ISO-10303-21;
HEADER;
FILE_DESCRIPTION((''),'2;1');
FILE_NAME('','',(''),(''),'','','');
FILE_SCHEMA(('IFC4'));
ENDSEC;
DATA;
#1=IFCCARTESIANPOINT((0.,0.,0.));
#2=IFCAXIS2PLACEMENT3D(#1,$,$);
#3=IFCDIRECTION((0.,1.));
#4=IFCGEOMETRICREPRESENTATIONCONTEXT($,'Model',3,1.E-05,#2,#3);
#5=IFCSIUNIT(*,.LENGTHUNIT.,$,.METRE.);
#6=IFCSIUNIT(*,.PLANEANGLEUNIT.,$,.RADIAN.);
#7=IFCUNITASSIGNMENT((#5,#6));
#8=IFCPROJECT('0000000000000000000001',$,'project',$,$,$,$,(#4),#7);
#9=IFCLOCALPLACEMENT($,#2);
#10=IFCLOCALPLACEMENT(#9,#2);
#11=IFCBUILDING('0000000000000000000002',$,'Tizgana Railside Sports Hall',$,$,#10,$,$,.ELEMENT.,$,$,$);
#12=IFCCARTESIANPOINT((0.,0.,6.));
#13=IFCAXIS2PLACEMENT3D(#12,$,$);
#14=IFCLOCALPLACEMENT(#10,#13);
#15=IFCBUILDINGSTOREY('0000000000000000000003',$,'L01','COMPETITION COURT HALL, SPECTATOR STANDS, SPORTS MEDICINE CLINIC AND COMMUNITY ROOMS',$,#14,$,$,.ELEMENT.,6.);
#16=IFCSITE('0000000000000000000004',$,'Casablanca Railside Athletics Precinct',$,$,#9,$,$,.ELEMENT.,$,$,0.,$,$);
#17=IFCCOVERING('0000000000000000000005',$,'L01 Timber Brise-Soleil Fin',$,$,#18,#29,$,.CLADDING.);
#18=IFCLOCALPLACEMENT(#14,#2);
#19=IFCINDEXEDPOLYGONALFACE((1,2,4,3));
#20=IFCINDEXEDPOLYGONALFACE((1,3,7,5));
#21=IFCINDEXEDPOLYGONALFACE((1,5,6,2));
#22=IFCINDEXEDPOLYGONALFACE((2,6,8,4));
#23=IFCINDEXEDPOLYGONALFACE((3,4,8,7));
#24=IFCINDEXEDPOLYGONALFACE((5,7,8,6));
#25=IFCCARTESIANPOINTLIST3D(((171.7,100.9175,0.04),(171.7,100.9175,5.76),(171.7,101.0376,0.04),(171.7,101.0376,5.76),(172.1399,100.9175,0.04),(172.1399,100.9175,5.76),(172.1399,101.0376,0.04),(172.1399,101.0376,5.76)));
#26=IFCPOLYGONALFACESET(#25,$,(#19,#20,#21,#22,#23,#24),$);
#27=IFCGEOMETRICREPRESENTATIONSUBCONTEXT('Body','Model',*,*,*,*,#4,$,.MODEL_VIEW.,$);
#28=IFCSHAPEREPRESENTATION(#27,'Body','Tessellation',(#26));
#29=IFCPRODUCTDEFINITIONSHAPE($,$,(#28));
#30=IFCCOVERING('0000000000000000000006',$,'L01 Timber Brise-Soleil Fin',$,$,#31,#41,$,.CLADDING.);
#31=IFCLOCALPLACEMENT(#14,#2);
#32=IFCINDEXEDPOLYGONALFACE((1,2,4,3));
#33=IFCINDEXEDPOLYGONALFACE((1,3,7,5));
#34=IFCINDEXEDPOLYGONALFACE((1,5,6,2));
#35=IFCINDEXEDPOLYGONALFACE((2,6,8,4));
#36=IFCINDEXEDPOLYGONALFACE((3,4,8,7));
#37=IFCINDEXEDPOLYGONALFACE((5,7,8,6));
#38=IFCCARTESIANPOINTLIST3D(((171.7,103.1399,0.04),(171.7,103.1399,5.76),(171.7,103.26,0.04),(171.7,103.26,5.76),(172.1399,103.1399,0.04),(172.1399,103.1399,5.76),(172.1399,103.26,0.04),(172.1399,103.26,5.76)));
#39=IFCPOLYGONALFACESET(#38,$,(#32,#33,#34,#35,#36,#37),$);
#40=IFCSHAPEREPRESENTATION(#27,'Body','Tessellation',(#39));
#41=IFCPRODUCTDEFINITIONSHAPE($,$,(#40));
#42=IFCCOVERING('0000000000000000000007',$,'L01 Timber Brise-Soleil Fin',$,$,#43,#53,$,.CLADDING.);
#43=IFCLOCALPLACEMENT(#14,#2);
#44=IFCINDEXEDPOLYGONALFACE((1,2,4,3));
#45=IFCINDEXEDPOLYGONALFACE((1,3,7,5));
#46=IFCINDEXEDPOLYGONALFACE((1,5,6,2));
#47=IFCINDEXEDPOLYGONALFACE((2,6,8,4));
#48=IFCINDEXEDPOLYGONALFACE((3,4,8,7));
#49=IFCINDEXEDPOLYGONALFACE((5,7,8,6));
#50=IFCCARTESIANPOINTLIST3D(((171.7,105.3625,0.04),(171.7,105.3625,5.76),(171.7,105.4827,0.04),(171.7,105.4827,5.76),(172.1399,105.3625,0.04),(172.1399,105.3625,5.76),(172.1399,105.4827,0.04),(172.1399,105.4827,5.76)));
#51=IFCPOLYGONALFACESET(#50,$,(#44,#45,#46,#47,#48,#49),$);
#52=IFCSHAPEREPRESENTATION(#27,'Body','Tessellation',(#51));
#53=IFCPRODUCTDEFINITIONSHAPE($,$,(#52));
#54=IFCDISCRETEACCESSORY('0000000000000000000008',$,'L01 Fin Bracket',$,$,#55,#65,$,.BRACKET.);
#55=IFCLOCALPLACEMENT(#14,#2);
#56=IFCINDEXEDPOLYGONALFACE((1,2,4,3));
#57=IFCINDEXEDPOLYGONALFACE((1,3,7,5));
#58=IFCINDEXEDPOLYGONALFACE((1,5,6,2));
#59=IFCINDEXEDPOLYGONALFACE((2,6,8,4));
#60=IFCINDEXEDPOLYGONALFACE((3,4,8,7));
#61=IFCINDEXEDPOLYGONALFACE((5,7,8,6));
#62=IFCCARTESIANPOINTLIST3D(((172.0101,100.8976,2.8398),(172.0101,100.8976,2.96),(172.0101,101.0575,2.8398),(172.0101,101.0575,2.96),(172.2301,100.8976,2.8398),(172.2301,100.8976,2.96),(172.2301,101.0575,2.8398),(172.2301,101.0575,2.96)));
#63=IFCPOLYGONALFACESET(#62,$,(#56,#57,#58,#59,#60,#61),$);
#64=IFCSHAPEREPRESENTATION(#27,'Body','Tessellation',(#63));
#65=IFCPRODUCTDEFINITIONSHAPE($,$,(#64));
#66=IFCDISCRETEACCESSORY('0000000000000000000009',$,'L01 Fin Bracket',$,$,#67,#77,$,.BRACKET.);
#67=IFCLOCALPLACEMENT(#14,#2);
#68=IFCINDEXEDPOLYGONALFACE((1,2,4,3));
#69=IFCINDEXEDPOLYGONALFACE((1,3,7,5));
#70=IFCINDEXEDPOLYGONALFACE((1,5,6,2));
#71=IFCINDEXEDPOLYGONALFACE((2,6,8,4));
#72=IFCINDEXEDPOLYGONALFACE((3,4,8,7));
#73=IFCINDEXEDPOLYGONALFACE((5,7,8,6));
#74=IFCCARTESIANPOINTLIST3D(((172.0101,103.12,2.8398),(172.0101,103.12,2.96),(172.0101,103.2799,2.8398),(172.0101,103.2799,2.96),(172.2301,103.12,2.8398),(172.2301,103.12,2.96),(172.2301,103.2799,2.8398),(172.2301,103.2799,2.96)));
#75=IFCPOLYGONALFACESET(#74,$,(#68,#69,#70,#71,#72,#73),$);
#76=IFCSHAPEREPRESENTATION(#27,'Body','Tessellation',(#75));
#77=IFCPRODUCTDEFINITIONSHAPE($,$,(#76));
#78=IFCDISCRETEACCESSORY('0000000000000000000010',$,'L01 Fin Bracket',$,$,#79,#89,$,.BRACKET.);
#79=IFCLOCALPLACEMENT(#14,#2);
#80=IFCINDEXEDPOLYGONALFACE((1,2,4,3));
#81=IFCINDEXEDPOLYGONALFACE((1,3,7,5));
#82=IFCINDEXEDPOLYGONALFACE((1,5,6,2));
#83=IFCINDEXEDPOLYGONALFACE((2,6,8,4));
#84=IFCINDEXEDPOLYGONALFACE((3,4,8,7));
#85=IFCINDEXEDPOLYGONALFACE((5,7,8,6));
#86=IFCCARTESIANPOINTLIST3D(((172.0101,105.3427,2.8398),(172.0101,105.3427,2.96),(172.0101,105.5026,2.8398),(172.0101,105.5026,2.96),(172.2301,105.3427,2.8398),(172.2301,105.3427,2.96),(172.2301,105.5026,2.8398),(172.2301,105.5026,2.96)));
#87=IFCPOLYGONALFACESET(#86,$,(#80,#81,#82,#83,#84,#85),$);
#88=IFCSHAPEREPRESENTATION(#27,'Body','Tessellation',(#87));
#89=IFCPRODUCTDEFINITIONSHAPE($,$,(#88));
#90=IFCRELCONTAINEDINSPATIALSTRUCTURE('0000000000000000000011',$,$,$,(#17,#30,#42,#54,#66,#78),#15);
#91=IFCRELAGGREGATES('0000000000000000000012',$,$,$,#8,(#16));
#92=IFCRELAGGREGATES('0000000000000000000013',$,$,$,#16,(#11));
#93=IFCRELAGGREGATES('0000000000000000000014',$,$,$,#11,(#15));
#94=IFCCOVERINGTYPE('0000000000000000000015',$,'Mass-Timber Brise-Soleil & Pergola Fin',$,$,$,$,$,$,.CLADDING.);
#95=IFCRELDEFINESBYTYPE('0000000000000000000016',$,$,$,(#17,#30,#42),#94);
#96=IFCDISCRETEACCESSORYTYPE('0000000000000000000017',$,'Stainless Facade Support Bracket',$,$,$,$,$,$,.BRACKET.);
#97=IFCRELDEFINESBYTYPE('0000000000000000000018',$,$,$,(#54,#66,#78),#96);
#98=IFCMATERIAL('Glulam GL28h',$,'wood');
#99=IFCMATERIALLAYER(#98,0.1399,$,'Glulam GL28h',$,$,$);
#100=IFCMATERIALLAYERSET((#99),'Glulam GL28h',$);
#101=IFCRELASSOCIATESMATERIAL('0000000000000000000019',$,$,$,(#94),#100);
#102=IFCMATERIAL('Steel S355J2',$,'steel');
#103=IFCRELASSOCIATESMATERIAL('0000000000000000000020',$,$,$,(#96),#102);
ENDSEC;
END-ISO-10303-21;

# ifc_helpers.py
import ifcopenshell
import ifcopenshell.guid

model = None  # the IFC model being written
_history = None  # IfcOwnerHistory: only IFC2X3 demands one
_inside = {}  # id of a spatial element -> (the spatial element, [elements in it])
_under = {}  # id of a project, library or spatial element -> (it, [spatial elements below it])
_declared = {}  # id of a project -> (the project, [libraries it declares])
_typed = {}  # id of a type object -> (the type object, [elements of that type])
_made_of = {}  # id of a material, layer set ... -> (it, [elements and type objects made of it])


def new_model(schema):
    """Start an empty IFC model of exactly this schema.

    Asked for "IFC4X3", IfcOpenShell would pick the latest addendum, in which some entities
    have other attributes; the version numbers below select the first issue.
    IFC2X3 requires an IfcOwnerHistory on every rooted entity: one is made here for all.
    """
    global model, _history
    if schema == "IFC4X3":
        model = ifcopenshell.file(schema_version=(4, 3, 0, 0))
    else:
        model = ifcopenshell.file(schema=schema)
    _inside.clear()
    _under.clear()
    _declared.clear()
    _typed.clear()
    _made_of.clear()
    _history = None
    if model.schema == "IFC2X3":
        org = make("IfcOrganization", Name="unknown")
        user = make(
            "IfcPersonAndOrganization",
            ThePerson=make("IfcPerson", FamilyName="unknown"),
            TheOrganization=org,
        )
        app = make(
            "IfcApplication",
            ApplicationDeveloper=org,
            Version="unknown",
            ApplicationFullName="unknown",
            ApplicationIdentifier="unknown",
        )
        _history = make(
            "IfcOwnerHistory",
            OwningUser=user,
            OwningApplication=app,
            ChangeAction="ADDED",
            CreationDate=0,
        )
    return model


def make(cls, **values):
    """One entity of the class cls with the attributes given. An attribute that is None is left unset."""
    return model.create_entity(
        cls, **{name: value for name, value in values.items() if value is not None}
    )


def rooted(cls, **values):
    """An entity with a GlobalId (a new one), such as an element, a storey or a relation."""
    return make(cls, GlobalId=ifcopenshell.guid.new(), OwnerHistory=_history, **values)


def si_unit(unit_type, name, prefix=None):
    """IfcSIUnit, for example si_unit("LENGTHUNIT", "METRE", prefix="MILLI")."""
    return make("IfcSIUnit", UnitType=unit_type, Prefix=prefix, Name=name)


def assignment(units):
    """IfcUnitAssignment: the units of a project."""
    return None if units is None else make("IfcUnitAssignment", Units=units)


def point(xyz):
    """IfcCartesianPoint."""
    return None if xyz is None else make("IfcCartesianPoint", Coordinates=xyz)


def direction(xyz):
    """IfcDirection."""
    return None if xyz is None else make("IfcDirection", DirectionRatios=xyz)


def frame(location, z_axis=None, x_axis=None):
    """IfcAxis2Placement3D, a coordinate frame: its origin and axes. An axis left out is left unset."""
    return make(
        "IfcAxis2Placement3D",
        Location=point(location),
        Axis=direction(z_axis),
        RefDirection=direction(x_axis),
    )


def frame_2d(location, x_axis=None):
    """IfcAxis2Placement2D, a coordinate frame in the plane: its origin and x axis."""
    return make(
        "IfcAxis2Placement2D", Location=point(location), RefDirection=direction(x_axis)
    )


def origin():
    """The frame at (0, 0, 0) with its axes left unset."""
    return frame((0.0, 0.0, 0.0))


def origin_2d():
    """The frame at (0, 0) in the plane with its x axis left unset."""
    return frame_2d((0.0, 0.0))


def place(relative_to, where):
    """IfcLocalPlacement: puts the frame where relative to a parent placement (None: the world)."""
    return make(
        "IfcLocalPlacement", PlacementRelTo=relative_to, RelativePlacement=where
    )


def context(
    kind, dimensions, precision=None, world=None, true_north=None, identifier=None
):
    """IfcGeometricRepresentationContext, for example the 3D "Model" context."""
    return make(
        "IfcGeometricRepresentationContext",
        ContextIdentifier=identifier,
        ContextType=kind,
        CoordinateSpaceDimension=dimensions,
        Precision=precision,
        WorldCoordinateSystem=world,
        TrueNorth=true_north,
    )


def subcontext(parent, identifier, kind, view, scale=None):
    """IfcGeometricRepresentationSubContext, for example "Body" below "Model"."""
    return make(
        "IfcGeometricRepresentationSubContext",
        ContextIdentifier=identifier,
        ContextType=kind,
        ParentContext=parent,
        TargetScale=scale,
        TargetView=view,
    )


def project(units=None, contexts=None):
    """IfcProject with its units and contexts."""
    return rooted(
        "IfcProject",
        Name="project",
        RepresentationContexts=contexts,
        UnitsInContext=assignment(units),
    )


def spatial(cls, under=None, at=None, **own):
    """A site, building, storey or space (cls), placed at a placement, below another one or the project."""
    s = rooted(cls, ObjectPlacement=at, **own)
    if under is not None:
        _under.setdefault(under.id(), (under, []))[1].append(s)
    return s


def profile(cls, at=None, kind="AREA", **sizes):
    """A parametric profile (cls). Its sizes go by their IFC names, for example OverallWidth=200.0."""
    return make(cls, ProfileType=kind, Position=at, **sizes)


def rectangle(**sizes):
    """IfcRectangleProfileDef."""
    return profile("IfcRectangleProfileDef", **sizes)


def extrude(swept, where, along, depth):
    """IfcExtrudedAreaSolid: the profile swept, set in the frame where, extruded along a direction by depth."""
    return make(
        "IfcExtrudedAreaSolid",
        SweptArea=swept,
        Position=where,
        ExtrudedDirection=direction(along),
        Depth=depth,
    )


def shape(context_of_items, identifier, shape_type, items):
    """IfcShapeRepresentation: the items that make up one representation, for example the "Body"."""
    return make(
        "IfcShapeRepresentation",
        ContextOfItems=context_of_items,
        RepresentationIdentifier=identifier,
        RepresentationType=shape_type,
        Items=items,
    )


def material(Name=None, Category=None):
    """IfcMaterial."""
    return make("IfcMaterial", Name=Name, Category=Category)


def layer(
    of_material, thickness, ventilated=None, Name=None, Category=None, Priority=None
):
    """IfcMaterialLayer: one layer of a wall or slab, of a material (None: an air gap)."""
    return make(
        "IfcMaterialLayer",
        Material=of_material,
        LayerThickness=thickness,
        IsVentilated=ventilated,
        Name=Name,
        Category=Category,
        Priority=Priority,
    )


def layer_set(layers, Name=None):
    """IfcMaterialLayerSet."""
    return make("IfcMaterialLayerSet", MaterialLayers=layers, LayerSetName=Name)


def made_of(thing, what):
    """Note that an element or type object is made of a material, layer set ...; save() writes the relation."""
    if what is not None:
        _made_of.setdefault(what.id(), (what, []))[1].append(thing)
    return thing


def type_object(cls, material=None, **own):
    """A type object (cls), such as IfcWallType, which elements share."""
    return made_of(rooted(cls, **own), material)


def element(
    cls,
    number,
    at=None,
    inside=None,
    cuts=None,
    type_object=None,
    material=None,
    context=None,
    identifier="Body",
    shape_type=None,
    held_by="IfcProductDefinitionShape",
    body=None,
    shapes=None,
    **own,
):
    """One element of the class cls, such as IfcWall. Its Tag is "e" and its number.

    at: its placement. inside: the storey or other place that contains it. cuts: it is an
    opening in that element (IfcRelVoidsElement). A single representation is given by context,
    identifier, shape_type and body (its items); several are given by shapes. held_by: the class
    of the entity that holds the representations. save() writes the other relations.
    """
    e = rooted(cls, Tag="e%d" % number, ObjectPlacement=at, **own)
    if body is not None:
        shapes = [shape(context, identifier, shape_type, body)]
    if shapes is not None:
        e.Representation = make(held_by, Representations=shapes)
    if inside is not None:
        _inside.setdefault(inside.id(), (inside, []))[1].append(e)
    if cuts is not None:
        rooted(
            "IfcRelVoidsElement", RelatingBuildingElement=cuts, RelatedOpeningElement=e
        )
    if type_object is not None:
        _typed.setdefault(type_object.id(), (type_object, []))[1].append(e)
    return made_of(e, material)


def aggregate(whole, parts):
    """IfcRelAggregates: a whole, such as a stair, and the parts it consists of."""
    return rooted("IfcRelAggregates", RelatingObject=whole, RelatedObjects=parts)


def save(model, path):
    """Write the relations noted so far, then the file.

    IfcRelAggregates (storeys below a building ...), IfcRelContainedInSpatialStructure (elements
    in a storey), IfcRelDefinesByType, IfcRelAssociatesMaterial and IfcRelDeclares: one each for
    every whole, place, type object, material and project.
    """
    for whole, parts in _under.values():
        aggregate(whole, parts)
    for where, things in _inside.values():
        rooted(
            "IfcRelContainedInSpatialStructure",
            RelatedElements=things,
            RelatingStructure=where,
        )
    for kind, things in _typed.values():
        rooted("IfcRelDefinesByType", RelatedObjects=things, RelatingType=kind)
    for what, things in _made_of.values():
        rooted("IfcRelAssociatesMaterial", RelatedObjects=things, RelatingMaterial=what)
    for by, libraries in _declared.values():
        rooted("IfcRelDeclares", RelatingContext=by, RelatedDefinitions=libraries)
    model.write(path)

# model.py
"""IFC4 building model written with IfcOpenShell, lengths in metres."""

from ifc_helpers import new_model, si_unit, direction, frame, origin, origin_2d, place, context, subcontext, project, spatial, rectangle, extrude, material, layer, layer_set, type_object, element, save


model = new_model("IFC4")

# Units and contexts
model_context = context("Model", 3, precision=1e-05, world=origin(), true_north=direction((0.0, 1.0)))
body_context = subcontext(model_context, "Body", "Model", "MODEL_VIEW")
ifc_project = project(units=[si_unit("LENGTHUNIT", "METRE"), si_unit("PLANEANGLEUNIT", "RADIAN")], contexts=[model_context])

# Site, building, storey
site_placement = place(None, origin())
site = spatial("IfcSite", under=ifc_project, at=site_placement, Name="Casablanca Railside Athletics Precinct", CompositionType="ELEMENT", RefElevation=0.0)
building_placement = place(site_placement, origin())
building = spatial("IfcBuilding", under=site, at=building_placement, Name="Tizgana Railside Sports Hall", CompositionType="ELEMENT")
storey_placement = place(building_placement, frame((0.0, 0.0, 6.0)))
storey = spatial("IfcBuildingStorey", under=building, at=storey_placement, Name="L01", Description="COMPETITION COURT HALL, SPECTATOR STANDS, SPORTS MEDICINE CLINIC AND COMMUNITY ROOMS", CompositionType="ELEMENT", Elevation=6.0)

# Coverings
ifc_material_1 = material(Name="Glulam GL28h", Category="wood")
ifc_layer_1 = layer(ifc_material_1, 0.1399, Name="Glulam GL28h")
ifc_layer_set_1 = layer_set([ifc_layer_1], Name="Glulam GL28h")
covering_type = type_object("IfcCoveringType", Name="Mass-Timber Brise-Soleil & Pergola Fin", PredefinedType="CLADDING", material=ifc_layer_set_1)
for number, where, z_axis, x_axis, name in (
    (1, (171.9199, 100.9775, 0.04), (0.0, 0.0, 1.0), (0.0, 1.0, 0.0), "L01 Timber Brise-Soleil Fin"),
    (2, (171.9199, 103.2, 0.04), (0.0, 0.0, 1.0), (0.0, 1.0, 0.0), "L01 Timber Brise-Soleil Fin"),
    (3, (171.9199, 105.4226, 0.04), (0.0, 0.0, 1.0), (0.0, 1.0, 0.0), "L01 Timber Brise-Soleil Fin"),
):
    element("IfcCovering", number, at=place(storey_placement, frame(where, z_axis=z_axis, x_axis=x_axis)), inside=storey, type_object=covering_type, Name=name, PredefinedType="CLADDING", context=body_context, shape_type="SweptSolid", body=[
        extrude(rectangle(XDim=0.1201, YDim=0.4399, at=origin_2d()), origin(), (0.0, 0.0, 1.0), 5.72),
    ])

# Discrete accessories
ifc_material_2 = material(Name="Steel S355J2", Category="steel")
discrete_accessory_type = type_object("IfcDiscreteAccessoryType", Name="Stainless Facade Support Bracket", PredefinedType="BRACKET", material=ifc_material_2)
for number, where, z_axis, x_axis, name in (
    (4, (172.1201, 100.9775, 2.8398), (0.0, 0.0, 1.0), (0.0, 1.0, 0.0), "L01 Fin Bracket"),
    (5, (172.1201, 103.2, 2.8398), (0.0, 0.0, 1.0), (0.0, 1.0, 0.0), "L01 Fin Bracket"),
    (6, (172.1201, 105.4226, 2.8398), (0.0, 0.0, 1.0), (0.0, 1.0, 0.0), "L01 Fin Bracket"),
):
    element("IfcDiscreteAccessory", number, at=place(storey_placement, frame(where, z_axis=z_axis, x_axis=x_axis)), inside=storey, type_object=discrete_accessory_type, Name=name, PredefinedType="BRACKET", context=body_context, shape_type="SweptSolid", body=[
        extrude(rectangle(XDim=0.1599, YDim=0.22, at=origin_2d()), origin(), (0.0, 0.0, 1.0), 0.1201),
    ])

save(model, "model.ifc")
